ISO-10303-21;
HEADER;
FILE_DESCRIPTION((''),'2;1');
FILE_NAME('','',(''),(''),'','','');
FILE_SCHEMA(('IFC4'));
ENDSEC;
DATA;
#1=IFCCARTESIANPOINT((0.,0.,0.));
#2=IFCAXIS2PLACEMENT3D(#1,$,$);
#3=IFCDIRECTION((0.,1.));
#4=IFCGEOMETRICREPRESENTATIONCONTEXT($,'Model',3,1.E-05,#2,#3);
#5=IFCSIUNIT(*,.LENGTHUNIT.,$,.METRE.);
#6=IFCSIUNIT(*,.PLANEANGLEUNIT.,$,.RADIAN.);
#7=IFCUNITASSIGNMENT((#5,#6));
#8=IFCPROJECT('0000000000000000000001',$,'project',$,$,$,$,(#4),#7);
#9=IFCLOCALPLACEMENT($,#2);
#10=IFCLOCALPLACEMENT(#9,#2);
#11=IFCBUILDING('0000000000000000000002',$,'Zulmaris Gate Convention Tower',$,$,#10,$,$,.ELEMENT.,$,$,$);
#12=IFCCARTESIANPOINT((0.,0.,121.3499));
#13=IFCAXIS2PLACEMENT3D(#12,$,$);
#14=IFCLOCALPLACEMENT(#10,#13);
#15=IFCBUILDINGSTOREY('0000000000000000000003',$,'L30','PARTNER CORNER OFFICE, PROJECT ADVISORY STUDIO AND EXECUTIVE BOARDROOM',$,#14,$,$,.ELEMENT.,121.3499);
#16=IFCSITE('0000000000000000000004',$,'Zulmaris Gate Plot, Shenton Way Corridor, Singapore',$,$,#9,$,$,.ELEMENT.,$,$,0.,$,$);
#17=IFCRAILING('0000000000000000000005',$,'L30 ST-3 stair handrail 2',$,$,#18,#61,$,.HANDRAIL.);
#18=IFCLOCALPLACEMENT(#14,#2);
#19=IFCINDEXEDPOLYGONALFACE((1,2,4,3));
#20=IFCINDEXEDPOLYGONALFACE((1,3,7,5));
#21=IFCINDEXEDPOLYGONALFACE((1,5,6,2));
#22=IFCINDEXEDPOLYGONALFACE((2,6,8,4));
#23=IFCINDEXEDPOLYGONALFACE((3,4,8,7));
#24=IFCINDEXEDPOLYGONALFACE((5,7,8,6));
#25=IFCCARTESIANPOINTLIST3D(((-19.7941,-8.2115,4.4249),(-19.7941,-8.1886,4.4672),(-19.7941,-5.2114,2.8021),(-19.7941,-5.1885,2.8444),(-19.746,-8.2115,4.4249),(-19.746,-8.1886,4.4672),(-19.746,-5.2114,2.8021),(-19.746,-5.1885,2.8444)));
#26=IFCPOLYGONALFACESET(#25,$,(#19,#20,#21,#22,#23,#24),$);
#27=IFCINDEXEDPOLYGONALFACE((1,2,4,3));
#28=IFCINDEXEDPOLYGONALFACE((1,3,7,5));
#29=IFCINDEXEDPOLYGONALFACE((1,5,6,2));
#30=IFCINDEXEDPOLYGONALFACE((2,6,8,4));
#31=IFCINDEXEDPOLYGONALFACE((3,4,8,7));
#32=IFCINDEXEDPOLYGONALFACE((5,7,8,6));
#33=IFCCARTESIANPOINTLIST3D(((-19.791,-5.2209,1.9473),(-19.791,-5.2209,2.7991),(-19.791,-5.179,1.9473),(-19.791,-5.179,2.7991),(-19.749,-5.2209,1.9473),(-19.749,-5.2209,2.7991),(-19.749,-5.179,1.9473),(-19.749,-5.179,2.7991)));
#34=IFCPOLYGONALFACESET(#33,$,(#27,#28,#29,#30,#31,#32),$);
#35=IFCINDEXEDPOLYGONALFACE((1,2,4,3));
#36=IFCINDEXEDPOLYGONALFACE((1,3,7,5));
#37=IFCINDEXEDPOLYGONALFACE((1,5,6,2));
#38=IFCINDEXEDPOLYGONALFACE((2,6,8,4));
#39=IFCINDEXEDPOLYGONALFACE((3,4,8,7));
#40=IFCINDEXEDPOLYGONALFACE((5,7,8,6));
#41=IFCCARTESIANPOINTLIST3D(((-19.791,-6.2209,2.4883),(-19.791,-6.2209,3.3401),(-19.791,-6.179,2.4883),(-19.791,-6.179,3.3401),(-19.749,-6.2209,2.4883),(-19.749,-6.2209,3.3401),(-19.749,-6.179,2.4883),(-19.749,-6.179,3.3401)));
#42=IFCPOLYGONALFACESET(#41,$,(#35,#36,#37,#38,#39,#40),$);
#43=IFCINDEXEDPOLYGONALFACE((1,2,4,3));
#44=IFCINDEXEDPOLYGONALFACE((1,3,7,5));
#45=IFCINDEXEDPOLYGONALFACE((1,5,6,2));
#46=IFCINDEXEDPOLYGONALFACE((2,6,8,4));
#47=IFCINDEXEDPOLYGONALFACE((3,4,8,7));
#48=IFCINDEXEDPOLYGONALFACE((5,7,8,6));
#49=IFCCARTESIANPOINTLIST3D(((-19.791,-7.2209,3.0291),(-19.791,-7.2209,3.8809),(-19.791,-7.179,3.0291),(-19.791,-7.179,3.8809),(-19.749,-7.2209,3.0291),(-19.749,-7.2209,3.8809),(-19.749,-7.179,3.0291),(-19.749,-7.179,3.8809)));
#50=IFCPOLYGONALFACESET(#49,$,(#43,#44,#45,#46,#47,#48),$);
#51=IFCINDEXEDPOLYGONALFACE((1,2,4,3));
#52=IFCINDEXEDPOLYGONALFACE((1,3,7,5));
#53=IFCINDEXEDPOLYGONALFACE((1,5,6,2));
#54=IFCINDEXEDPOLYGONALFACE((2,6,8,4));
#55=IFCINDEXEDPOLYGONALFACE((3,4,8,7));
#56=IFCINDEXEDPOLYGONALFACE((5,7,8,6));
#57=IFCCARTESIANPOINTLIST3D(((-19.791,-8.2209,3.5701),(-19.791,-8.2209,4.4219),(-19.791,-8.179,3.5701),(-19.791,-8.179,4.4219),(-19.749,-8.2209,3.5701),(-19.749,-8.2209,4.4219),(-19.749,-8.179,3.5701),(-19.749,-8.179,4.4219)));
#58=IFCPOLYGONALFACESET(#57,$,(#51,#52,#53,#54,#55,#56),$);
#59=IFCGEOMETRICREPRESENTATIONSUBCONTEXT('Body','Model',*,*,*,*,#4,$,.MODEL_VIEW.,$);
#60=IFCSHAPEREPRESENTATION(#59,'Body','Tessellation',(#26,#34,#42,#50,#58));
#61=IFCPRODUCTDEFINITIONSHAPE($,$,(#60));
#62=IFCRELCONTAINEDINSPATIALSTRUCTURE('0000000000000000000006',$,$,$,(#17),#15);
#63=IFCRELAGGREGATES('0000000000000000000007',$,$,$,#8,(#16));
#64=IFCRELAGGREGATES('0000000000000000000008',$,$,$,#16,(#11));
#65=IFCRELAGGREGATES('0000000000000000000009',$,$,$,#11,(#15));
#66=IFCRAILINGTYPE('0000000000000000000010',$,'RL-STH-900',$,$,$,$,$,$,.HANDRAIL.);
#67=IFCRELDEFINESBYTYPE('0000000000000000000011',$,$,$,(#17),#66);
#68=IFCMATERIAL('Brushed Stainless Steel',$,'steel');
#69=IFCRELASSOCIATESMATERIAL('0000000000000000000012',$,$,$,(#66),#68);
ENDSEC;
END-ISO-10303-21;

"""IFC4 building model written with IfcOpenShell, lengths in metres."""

from ifc_helpers import new_model, si_unit, direction, frame, origin, origin_2d, place, context, subcontext, project, spatial, rectangle, extrude, material, type_object, element, save


model = new_model("IFC4")

# Units and contexts
model_context = context("Model", 3, precision=1e-05, world=origin(), true_north=direction((0.0, 1.0)))
body_context = subcontext(model_context, "Body", "Model", "MODEL_VIEW")
ifc_project = project(units=[si_unit("LENGTHUNIT", "METRE"), si_unit("PLANEANGLEUNIT", "RADIAN")], contexts=[model_context])

# Site, building, storey
site_placement = place(None, origin())
site = spatial("IfcSite", under=ifc_project, at=site_placement, Name="Zulmaris Gate Plot, Shenton Way Corridor, Singapore", CompositionType="ELEMENT", RefElevation=0.0)
building_placement = place(site_placement, origin())
building = spatial("IfcBuilding", under=site, at=building_placement, Name="Zulmaris Gate Convention Tower", CompositionType="ELEMENT")
storey_placement = place(building_placement, frame((0.0, 0.0, 121.3499)))
storey = spatial("IfcBuildingStorey", under=building, at=storey_placement, Name="L30", Description="PARTNER CORNER OFFICE, PROJECT ADVISORY STUDIO AND EXECUTIVE BOARDROOM", CompositionType="ELEMENT", Elevation=121.3499)

# Railing
ifc_material_1 = material(Name="Brushed Stainless Steel", Category="steel")
railing_type_1 = type_object("IfcRailingType", Name="RL-STH-900", PredefinedType="HANDRAIL", material=ifc_material_1)
railing_1_placement = place(storey_placement, frame((-19.77, -5.2, 1.9473)))
element("IfcRailing", 1, at=railing_1_placement, inside=storey, type_object=railing_type_1, Name="L30 ST-3 stair handrail 2", PredefinedType="HANDRAIL", context=body_context, shape_type="SweptSolid", body=[
    extrude(rectangle(XDim=0.0481, YDim=0.0481, at=origin_2d()), frame((0.0, 0.0, 0.876), z_axis=(0.0, -0.879562, 0.475785), x_axis=(1.0, 0.0, 0.0)), (0.0, 0.0, 1.0), 3.4109),
    extrude(rectangle(XDim=0.042, YDim=0.042, at=origin_2d()), origin(), (0.0, 0.0, 1.0), 0.8518),
    extrude(rectangle(XDim=0.042, YDim=0.042, at=origin_2d()), frame((0.0, -1.0, 0.541)), (0.0, 0.0, 1.0), 0.8518),
    extrude(rectangle(XDim=0.042, YDim=0.042, at=origin_2d()), frame((0.0, -2.0, 1.0818)), (0.0, 0.0, 1.0), 0.8518),
    extrude(rectangle(XDim=0.042, YDim=0.042, at=origin_2d()), frame((0.0, -3.0, 1.6228)), (0.0, 0.0, 1.0), 0.8518),
])

save(model, "model.ifc")
